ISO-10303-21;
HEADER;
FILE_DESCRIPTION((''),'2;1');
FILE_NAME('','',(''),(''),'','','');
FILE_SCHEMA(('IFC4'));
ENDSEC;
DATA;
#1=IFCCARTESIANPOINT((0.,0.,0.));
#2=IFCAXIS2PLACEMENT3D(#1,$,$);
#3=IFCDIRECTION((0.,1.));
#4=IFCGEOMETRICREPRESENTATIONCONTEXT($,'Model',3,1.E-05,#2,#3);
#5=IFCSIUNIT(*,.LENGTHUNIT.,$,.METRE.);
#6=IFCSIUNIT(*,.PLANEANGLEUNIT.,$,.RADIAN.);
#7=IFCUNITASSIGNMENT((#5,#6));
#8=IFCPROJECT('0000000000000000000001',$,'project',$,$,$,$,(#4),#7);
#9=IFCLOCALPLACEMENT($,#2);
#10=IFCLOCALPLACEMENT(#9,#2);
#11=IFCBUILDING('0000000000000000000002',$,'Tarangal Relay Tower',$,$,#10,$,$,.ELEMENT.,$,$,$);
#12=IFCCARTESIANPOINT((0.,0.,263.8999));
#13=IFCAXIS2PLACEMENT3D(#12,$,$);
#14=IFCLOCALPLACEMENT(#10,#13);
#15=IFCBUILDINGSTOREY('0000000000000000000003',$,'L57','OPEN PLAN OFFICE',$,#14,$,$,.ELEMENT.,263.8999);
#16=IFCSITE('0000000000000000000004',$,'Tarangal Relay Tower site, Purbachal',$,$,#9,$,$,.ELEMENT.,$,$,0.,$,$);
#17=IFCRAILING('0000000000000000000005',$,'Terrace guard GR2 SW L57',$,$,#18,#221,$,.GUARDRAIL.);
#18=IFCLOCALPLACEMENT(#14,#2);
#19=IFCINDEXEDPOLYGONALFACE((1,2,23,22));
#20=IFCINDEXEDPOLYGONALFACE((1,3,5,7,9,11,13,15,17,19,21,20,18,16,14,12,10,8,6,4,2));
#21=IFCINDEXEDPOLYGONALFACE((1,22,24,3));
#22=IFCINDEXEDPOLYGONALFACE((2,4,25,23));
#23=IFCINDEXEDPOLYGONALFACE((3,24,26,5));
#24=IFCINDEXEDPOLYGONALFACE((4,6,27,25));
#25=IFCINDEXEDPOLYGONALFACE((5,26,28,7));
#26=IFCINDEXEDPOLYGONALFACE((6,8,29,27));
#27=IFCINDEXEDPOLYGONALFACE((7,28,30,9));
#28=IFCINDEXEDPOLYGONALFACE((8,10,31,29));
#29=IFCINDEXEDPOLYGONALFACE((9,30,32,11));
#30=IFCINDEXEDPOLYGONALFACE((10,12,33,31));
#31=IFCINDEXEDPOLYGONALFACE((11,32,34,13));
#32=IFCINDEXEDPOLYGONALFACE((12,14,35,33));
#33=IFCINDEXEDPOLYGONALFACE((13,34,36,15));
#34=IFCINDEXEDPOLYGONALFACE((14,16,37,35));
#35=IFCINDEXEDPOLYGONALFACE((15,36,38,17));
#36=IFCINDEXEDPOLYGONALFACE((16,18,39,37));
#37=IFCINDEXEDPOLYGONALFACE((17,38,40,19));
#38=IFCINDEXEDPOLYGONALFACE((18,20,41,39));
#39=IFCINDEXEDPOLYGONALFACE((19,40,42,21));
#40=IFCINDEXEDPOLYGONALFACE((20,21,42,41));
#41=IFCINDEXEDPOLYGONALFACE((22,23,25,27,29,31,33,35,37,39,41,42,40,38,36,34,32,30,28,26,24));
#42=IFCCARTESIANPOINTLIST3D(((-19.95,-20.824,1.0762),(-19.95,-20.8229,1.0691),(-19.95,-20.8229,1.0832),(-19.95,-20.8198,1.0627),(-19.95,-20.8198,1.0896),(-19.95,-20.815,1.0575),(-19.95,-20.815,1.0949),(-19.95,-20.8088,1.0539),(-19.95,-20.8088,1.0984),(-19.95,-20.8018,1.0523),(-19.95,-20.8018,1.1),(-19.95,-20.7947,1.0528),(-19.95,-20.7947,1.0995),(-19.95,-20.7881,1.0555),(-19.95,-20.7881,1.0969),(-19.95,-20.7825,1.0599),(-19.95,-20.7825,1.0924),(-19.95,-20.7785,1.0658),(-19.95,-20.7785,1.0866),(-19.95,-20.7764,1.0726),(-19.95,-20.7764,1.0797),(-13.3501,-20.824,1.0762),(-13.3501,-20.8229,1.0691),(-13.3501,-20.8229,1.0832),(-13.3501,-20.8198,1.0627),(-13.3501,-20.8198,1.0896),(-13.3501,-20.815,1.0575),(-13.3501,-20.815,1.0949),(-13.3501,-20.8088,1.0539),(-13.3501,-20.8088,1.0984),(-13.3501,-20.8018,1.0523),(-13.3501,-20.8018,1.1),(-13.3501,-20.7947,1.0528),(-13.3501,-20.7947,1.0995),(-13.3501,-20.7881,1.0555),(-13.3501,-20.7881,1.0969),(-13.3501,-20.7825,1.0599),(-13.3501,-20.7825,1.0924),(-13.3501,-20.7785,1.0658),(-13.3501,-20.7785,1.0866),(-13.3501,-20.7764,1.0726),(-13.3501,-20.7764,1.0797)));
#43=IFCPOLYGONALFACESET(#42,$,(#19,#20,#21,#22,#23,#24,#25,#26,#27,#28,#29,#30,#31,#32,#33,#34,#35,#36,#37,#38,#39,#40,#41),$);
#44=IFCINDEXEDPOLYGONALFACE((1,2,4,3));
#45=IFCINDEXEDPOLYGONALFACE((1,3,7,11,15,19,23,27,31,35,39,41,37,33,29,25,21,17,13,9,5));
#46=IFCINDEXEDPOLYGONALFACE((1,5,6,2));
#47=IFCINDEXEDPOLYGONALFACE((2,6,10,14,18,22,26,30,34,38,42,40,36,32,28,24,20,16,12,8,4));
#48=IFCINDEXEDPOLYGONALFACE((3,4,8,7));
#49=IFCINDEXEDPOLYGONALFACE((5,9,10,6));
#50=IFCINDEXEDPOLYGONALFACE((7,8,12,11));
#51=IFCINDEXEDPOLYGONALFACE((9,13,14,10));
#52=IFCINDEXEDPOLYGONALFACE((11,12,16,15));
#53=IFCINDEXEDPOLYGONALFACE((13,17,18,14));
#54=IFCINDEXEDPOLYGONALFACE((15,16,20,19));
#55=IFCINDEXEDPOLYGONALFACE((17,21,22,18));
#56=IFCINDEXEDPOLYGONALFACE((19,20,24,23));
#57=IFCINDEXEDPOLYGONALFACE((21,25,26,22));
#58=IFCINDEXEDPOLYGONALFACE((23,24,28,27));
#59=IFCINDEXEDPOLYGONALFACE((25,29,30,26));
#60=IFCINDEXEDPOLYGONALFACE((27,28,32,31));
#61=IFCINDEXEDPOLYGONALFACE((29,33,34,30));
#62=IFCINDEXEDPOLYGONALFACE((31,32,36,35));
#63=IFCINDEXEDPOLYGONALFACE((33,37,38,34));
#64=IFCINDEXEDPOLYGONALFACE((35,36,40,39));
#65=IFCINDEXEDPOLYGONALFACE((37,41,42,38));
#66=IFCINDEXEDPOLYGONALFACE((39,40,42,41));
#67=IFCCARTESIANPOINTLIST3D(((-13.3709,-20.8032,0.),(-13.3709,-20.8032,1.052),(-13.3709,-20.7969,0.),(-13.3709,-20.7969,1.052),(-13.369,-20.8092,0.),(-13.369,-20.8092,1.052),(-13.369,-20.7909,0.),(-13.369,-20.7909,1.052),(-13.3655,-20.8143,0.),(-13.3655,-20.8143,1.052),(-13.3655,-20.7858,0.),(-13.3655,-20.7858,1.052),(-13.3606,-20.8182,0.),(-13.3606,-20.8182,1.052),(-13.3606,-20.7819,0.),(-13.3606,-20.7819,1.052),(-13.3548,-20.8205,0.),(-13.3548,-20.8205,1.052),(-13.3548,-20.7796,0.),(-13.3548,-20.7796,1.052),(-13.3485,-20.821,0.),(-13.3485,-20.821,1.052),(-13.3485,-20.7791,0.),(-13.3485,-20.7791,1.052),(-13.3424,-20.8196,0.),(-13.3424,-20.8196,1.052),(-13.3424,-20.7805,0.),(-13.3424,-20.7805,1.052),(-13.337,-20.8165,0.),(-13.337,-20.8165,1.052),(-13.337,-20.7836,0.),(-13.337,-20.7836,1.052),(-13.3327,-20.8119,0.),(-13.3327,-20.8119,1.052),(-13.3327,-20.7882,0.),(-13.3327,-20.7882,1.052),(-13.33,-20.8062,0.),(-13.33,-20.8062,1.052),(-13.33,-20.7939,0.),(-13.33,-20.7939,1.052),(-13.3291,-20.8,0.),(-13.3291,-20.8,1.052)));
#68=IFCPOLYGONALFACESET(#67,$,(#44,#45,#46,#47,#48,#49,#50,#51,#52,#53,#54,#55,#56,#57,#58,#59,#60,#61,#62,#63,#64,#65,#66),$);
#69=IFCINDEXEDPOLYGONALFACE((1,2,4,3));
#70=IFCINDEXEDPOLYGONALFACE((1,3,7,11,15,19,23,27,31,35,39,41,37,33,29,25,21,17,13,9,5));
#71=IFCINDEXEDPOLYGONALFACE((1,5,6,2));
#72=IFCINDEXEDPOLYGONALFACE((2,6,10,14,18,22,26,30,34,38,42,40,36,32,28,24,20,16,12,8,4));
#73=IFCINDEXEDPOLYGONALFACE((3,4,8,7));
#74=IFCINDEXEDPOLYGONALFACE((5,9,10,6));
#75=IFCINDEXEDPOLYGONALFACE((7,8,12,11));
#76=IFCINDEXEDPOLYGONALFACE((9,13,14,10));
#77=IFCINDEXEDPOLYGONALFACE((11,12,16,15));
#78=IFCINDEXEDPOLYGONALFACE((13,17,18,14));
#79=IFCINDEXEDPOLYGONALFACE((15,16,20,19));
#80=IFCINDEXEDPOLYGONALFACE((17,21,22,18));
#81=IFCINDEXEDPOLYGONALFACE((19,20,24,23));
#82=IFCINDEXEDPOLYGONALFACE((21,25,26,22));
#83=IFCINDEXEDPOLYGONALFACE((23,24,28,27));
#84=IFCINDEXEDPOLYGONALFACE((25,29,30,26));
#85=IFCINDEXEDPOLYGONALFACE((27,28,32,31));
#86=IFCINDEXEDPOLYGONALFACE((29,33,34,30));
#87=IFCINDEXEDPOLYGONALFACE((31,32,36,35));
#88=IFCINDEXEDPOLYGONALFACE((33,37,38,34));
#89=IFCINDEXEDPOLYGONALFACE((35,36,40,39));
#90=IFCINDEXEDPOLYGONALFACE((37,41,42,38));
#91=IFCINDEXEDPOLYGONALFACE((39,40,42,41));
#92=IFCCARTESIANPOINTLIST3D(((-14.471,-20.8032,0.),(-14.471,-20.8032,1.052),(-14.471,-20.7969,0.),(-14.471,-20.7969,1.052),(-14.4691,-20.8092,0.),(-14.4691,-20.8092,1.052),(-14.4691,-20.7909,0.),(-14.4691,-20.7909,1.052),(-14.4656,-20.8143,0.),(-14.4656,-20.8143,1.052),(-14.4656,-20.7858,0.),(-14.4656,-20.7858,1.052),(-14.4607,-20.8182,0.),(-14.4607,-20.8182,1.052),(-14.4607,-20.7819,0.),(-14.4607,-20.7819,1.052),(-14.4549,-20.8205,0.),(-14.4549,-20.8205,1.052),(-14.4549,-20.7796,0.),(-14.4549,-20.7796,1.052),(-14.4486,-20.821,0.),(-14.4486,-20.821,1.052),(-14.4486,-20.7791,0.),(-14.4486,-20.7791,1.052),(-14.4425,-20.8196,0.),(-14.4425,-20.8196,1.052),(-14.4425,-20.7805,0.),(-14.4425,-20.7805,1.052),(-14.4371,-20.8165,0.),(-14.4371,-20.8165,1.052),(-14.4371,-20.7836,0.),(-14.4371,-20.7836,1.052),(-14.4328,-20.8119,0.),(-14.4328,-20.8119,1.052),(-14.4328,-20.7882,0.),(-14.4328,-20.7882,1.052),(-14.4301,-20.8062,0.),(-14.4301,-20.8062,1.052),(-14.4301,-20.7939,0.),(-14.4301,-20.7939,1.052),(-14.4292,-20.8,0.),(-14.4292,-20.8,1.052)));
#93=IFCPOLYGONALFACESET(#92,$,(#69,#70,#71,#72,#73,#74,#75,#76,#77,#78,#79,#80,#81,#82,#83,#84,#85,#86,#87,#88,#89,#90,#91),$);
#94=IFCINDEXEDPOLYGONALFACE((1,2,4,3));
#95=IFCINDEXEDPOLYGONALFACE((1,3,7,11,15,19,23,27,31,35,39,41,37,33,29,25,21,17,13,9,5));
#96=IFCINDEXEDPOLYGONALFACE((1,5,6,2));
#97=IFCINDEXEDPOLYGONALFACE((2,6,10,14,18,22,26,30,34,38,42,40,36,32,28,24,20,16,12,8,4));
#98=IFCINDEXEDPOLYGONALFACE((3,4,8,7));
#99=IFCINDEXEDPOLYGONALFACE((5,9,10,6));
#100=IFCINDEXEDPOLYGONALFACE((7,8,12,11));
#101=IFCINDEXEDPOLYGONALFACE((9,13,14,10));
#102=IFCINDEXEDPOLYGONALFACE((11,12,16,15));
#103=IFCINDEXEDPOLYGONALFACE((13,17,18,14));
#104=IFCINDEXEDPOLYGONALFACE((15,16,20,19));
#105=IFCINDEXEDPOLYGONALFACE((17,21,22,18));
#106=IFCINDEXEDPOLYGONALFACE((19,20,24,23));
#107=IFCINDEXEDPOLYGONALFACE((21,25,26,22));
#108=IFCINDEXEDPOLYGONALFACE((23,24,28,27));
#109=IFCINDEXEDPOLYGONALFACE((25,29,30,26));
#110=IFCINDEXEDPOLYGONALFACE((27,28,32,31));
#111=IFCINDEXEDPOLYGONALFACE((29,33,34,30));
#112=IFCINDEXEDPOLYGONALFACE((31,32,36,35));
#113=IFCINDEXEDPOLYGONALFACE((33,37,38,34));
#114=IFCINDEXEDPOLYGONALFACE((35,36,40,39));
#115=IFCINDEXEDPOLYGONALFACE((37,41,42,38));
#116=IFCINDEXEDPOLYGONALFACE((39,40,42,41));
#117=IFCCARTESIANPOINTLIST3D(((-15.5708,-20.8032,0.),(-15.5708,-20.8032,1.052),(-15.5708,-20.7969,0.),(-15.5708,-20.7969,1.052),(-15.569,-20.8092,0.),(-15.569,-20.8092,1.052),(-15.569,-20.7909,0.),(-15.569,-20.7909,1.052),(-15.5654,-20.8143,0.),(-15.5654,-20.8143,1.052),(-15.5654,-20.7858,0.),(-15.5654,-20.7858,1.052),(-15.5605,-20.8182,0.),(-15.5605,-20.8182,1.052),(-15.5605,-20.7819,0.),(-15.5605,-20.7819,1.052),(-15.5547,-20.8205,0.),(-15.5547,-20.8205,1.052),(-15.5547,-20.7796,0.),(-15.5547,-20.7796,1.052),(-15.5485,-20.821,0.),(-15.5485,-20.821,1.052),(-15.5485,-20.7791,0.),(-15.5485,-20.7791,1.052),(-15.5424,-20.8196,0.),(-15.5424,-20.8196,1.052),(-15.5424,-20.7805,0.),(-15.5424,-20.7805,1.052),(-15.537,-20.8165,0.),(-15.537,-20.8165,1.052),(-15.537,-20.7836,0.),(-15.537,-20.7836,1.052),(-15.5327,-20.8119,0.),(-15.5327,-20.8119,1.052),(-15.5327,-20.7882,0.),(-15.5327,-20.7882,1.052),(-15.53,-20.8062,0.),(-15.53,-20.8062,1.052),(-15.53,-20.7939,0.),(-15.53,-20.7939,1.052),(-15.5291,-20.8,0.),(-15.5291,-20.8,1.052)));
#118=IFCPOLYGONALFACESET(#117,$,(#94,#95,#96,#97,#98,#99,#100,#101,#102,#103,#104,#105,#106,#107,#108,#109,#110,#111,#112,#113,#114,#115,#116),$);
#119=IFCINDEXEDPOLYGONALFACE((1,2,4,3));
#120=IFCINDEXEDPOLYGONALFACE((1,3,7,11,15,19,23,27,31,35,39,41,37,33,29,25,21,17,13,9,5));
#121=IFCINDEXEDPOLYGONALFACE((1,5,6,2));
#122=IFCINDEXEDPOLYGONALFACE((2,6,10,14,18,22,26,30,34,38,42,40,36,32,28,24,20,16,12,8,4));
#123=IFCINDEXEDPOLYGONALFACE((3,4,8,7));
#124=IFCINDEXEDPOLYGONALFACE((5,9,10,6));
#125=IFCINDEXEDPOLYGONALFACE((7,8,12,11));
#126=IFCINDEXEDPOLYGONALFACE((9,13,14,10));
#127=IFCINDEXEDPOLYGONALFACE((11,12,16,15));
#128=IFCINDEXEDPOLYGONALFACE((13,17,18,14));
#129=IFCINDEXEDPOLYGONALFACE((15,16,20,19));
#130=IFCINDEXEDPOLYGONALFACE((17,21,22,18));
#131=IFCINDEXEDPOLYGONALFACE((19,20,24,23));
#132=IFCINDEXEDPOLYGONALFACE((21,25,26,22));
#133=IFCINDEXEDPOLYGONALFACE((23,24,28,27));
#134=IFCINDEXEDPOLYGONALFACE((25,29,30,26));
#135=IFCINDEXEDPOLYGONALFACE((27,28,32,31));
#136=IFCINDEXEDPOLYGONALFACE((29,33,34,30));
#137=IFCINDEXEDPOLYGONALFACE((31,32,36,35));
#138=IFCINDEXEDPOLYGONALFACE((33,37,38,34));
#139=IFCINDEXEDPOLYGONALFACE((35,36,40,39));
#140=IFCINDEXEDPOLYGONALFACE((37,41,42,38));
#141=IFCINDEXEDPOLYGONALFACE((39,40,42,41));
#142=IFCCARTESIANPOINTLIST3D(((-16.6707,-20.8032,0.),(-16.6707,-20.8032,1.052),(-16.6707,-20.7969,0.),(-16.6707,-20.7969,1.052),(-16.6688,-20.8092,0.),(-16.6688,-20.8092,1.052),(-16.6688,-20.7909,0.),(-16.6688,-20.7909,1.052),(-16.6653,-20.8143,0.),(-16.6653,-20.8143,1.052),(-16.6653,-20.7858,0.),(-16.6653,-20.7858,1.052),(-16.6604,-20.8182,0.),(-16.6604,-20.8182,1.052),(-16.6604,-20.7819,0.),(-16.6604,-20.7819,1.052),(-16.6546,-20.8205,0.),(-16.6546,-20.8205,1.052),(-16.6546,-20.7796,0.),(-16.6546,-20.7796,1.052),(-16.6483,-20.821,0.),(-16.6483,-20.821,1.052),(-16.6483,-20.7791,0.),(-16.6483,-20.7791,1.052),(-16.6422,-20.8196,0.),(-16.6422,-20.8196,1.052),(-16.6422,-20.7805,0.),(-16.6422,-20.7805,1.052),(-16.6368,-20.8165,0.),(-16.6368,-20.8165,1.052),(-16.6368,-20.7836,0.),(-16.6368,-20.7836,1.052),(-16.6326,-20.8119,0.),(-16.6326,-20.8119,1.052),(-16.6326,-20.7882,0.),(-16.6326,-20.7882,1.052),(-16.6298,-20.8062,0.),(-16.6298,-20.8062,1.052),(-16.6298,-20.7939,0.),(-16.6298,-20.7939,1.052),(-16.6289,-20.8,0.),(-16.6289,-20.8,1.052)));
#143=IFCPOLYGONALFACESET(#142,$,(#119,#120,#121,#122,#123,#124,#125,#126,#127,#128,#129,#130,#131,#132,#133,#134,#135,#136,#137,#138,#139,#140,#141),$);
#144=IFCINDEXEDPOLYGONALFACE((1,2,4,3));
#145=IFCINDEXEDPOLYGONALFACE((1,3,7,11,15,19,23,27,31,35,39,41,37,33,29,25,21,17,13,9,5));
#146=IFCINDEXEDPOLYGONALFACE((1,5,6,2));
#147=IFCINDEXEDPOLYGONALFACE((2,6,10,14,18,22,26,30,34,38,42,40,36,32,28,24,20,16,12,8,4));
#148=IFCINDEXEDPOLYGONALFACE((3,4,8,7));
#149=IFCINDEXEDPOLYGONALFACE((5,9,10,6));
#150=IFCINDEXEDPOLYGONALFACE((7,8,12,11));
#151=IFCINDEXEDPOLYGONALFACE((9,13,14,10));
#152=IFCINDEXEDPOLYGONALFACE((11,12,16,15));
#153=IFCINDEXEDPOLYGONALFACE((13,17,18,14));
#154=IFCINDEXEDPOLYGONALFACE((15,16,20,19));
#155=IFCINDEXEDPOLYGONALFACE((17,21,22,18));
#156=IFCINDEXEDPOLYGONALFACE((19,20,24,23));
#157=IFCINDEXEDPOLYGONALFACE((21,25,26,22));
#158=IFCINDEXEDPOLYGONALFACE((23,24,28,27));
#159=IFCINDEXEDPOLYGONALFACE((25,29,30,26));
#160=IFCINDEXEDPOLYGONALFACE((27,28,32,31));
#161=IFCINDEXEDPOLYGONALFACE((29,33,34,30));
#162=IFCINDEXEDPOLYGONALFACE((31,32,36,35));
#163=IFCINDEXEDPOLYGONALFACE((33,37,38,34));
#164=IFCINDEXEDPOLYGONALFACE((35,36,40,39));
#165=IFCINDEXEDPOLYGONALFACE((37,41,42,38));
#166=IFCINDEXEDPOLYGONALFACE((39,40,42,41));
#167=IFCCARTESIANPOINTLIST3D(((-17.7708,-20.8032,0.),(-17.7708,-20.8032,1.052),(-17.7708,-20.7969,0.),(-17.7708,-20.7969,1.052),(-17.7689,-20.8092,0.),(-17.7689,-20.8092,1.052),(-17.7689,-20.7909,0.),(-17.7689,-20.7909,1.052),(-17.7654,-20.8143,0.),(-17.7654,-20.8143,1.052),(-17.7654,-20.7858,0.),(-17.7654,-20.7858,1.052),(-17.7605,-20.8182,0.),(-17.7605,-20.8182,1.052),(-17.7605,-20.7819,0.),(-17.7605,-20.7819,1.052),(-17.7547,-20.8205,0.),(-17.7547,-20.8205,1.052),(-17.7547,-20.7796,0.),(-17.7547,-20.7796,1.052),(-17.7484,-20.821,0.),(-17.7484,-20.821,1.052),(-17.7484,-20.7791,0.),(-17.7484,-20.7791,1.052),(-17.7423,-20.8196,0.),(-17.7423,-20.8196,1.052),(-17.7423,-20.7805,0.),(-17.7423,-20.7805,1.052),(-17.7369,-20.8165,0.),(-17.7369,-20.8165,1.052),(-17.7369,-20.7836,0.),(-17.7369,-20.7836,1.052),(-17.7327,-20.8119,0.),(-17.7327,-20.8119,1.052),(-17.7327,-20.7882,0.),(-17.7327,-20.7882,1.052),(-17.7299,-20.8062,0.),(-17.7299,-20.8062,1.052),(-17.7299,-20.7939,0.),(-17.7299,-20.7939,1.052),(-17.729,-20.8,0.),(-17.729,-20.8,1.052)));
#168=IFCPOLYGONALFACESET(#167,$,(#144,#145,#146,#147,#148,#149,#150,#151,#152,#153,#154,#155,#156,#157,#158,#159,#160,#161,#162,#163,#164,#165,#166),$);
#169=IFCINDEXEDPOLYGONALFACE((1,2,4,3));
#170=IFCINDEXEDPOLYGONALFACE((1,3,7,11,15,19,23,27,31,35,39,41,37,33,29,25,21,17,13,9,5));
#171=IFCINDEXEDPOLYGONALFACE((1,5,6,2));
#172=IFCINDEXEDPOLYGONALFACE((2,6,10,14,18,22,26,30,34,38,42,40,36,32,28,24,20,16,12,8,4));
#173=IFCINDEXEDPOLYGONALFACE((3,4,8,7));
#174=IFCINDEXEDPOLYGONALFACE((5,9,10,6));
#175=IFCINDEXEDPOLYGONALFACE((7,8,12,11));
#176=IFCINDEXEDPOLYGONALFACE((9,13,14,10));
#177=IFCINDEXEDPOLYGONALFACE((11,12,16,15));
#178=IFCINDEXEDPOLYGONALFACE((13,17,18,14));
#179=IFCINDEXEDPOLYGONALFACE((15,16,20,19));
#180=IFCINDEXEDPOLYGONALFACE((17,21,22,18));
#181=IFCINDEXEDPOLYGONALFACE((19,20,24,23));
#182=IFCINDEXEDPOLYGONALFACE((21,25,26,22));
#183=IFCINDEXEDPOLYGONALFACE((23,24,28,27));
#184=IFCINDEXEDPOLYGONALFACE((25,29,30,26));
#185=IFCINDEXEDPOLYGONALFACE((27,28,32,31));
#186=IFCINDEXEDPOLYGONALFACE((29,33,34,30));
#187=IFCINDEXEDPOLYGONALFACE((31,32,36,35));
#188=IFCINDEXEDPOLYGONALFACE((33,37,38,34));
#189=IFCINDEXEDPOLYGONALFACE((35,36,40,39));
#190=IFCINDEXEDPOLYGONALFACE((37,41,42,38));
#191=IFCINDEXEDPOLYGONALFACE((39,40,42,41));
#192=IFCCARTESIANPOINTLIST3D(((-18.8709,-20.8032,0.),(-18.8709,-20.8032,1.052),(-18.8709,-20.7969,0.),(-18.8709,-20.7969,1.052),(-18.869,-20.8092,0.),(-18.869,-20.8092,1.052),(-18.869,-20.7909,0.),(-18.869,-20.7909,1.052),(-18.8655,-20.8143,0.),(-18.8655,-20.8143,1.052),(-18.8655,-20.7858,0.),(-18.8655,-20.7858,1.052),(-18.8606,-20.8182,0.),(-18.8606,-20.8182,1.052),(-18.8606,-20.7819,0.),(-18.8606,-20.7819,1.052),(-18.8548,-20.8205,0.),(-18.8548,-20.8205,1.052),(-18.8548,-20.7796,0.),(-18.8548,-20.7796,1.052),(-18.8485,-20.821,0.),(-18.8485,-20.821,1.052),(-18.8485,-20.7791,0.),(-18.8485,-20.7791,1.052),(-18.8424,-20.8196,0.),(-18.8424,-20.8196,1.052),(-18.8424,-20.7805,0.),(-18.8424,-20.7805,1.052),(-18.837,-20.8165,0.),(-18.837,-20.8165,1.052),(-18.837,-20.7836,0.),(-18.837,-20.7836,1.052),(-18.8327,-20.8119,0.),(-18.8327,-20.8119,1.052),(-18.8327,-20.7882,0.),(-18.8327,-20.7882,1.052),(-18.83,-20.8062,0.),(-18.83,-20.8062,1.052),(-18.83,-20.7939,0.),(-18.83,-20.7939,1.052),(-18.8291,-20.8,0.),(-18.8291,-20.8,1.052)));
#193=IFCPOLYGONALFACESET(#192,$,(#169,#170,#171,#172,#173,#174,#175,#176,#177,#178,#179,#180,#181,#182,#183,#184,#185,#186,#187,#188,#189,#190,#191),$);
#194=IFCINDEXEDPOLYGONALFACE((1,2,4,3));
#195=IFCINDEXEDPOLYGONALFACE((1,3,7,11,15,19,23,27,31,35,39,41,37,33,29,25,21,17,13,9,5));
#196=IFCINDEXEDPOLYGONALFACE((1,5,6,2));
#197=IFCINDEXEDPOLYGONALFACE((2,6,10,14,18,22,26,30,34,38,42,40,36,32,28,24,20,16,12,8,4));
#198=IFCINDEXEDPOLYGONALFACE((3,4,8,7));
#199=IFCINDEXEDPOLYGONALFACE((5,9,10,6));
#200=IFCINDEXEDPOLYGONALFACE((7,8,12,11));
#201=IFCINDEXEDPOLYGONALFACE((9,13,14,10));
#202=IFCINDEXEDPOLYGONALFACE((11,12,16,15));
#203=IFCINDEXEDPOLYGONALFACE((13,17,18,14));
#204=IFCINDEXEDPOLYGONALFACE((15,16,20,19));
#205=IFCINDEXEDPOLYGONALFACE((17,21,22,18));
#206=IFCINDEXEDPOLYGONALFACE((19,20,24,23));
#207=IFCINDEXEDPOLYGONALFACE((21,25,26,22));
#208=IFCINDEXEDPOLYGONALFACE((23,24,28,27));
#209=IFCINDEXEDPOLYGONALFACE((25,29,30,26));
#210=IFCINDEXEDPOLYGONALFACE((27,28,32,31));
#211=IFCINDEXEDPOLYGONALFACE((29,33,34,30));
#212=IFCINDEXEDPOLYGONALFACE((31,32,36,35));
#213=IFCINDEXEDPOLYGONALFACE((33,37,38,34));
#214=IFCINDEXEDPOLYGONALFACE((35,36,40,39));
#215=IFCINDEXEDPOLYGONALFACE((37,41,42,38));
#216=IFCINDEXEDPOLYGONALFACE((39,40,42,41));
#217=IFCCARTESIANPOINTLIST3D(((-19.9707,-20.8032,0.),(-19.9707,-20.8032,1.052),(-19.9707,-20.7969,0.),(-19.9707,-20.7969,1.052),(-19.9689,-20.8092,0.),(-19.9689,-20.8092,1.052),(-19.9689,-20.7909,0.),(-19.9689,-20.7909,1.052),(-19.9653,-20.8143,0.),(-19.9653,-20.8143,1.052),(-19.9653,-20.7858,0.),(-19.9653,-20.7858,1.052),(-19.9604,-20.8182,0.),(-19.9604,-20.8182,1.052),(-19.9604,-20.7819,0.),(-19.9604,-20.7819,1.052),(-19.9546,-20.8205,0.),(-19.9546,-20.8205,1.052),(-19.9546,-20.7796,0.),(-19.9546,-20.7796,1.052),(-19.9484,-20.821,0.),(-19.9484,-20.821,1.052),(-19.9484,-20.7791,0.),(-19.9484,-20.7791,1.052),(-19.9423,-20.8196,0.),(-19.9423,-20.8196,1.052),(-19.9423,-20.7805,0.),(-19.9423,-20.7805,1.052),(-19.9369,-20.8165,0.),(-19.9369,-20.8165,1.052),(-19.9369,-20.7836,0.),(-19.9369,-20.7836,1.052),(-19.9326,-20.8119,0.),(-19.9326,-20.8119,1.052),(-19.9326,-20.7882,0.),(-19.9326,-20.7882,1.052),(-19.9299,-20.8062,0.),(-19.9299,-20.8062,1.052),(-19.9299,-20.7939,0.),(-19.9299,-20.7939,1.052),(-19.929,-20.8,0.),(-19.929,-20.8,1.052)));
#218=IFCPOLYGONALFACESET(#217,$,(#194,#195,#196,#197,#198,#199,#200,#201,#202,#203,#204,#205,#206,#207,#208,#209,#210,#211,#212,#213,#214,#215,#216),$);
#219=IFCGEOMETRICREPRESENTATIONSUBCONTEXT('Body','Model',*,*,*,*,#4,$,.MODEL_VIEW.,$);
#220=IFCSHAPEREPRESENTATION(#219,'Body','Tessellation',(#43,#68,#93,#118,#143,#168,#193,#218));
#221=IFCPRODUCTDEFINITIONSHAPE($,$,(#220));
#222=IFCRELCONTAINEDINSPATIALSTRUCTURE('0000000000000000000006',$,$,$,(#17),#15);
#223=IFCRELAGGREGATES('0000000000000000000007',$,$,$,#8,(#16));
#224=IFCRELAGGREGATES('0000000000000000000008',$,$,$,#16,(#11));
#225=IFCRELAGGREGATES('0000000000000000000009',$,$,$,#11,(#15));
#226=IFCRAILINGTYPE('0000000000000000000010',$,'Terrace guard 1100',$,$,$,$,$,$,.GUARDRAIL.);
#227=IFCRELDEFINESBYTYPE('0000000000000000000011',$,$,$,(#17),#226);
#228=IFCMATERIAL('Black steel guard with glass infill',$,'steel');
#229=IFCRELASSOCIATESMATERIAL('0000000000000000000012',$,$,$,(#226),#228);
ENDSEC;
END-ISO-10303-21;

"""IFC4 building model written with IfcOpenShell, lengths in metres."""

from ifc_helpers import new_model, si_unit, direction, frame, origin, origin_2d, place, context, subcontext, project, spatial, circle, extrude, material, type_object, element, save


model = new_model("IFC4")

# Units and contexts
model_context = context("Model", 3, precision=1e-05, world=origin(), true_north=direction((0.0, 1.0)))
body_context = subcontext(model_context, "Body", "Model", "MODEL_VIEW")
ifc_project = project(units=[si_unit("LENGTHUNIT", "METRE"), si_unit("PLANEANGLEUNIT", "RADIAN")], contexts=[model_context])

# Site, building, storey
site_placement = place(None, origin())
site = spatial("IfcSite", under=ifc_project, at=site_placement, Name="Tarangal Relay Tower site, Purbachal", CompositionType="ELEMENT", RefElevation=0.0)
building_placement = place(site_placement, origin())
building = spatial("IfcBuilding", under=site, at=building_placement, Name="Tarangal Relay Tower", CompositionType="ELEMENT")
storey_placement = place(building_placement, frame((0.0, 0.0, 263.8999)))
storey = spatial("IfcBuildingStorey", under=building, at=storey_placement, Name="L57", Description="OPEN PLAN OFFICE", CompositionType="ELEMENT", Elevation=263.8999)

# Railing
ifc_material_1 = material(Name="Black steel guard with glass infill", Category="steel")
railing_type = type_object("IfcRailingType", Name="Terrace guard 1100", PredefinedType="GUARDRAIL", material=ifc_material_1)
railing_1_placement = place(storey_placement, frame((-13.3501, -20.8, 0.0)))
element("IfcRailing", 1, at=railing_1_placement, inside=storey, type_object=railing_type, Name="Terrace guard GR2 SW L57", PredefinedType="GUARDRAIL", context=body_context, shape_type="SweptSolid", body=[
    extrude(circle(Radius=0.0239, at=origin_2d()), frame((0.0, 0.0, 1.0762), z_axis=(-1.0, 0.0, 0.0), x_axis=(0.0, -1.0, 0.0)), (0.0, 0.0, 1.0), 6.5999),
    extrude(circle(Radius=0.021, at=origin_2d()), origin(), (0.0, 0.0, 1.0), 1.052),
    extrude(circle(Radius=0.021, at=origin_2d()), frame((-1.1001, 0.0, 0.0)), (0.0, 0.0, 1.0), 1.052),
    extrude(circle(Radius=0.021, at=origin_2d()), frame((-2.2, 0.0, 0.0)), (0.0, 0.0, 1.0), 1.052),
    extrude(circle(Radius=0.021, at=origin_2d()), frame((-3.2998, 0.0, 0.0)), (0.0, 0.0, 1.0), 1.052),
    extrude(circle(Radius=0.021, at=origin_2d()), frame((-4.3999, 0.0, 0.0)), (0.0, 0.0, 1.0), 1.052),
    extrude(circle(Radius=0.021, at=origin_2d()), frame((-5.5, 0.0, 0.0)), (0.0, 0.0, 1.0), 1.052),
    extrude(circle(Radius=0.021, at=origin_2d()), frame((-6.5999, 0.0, 0.0)), (0.0, 0.0, 1.0), 1.052),
])

save(model, "model.ifc")
